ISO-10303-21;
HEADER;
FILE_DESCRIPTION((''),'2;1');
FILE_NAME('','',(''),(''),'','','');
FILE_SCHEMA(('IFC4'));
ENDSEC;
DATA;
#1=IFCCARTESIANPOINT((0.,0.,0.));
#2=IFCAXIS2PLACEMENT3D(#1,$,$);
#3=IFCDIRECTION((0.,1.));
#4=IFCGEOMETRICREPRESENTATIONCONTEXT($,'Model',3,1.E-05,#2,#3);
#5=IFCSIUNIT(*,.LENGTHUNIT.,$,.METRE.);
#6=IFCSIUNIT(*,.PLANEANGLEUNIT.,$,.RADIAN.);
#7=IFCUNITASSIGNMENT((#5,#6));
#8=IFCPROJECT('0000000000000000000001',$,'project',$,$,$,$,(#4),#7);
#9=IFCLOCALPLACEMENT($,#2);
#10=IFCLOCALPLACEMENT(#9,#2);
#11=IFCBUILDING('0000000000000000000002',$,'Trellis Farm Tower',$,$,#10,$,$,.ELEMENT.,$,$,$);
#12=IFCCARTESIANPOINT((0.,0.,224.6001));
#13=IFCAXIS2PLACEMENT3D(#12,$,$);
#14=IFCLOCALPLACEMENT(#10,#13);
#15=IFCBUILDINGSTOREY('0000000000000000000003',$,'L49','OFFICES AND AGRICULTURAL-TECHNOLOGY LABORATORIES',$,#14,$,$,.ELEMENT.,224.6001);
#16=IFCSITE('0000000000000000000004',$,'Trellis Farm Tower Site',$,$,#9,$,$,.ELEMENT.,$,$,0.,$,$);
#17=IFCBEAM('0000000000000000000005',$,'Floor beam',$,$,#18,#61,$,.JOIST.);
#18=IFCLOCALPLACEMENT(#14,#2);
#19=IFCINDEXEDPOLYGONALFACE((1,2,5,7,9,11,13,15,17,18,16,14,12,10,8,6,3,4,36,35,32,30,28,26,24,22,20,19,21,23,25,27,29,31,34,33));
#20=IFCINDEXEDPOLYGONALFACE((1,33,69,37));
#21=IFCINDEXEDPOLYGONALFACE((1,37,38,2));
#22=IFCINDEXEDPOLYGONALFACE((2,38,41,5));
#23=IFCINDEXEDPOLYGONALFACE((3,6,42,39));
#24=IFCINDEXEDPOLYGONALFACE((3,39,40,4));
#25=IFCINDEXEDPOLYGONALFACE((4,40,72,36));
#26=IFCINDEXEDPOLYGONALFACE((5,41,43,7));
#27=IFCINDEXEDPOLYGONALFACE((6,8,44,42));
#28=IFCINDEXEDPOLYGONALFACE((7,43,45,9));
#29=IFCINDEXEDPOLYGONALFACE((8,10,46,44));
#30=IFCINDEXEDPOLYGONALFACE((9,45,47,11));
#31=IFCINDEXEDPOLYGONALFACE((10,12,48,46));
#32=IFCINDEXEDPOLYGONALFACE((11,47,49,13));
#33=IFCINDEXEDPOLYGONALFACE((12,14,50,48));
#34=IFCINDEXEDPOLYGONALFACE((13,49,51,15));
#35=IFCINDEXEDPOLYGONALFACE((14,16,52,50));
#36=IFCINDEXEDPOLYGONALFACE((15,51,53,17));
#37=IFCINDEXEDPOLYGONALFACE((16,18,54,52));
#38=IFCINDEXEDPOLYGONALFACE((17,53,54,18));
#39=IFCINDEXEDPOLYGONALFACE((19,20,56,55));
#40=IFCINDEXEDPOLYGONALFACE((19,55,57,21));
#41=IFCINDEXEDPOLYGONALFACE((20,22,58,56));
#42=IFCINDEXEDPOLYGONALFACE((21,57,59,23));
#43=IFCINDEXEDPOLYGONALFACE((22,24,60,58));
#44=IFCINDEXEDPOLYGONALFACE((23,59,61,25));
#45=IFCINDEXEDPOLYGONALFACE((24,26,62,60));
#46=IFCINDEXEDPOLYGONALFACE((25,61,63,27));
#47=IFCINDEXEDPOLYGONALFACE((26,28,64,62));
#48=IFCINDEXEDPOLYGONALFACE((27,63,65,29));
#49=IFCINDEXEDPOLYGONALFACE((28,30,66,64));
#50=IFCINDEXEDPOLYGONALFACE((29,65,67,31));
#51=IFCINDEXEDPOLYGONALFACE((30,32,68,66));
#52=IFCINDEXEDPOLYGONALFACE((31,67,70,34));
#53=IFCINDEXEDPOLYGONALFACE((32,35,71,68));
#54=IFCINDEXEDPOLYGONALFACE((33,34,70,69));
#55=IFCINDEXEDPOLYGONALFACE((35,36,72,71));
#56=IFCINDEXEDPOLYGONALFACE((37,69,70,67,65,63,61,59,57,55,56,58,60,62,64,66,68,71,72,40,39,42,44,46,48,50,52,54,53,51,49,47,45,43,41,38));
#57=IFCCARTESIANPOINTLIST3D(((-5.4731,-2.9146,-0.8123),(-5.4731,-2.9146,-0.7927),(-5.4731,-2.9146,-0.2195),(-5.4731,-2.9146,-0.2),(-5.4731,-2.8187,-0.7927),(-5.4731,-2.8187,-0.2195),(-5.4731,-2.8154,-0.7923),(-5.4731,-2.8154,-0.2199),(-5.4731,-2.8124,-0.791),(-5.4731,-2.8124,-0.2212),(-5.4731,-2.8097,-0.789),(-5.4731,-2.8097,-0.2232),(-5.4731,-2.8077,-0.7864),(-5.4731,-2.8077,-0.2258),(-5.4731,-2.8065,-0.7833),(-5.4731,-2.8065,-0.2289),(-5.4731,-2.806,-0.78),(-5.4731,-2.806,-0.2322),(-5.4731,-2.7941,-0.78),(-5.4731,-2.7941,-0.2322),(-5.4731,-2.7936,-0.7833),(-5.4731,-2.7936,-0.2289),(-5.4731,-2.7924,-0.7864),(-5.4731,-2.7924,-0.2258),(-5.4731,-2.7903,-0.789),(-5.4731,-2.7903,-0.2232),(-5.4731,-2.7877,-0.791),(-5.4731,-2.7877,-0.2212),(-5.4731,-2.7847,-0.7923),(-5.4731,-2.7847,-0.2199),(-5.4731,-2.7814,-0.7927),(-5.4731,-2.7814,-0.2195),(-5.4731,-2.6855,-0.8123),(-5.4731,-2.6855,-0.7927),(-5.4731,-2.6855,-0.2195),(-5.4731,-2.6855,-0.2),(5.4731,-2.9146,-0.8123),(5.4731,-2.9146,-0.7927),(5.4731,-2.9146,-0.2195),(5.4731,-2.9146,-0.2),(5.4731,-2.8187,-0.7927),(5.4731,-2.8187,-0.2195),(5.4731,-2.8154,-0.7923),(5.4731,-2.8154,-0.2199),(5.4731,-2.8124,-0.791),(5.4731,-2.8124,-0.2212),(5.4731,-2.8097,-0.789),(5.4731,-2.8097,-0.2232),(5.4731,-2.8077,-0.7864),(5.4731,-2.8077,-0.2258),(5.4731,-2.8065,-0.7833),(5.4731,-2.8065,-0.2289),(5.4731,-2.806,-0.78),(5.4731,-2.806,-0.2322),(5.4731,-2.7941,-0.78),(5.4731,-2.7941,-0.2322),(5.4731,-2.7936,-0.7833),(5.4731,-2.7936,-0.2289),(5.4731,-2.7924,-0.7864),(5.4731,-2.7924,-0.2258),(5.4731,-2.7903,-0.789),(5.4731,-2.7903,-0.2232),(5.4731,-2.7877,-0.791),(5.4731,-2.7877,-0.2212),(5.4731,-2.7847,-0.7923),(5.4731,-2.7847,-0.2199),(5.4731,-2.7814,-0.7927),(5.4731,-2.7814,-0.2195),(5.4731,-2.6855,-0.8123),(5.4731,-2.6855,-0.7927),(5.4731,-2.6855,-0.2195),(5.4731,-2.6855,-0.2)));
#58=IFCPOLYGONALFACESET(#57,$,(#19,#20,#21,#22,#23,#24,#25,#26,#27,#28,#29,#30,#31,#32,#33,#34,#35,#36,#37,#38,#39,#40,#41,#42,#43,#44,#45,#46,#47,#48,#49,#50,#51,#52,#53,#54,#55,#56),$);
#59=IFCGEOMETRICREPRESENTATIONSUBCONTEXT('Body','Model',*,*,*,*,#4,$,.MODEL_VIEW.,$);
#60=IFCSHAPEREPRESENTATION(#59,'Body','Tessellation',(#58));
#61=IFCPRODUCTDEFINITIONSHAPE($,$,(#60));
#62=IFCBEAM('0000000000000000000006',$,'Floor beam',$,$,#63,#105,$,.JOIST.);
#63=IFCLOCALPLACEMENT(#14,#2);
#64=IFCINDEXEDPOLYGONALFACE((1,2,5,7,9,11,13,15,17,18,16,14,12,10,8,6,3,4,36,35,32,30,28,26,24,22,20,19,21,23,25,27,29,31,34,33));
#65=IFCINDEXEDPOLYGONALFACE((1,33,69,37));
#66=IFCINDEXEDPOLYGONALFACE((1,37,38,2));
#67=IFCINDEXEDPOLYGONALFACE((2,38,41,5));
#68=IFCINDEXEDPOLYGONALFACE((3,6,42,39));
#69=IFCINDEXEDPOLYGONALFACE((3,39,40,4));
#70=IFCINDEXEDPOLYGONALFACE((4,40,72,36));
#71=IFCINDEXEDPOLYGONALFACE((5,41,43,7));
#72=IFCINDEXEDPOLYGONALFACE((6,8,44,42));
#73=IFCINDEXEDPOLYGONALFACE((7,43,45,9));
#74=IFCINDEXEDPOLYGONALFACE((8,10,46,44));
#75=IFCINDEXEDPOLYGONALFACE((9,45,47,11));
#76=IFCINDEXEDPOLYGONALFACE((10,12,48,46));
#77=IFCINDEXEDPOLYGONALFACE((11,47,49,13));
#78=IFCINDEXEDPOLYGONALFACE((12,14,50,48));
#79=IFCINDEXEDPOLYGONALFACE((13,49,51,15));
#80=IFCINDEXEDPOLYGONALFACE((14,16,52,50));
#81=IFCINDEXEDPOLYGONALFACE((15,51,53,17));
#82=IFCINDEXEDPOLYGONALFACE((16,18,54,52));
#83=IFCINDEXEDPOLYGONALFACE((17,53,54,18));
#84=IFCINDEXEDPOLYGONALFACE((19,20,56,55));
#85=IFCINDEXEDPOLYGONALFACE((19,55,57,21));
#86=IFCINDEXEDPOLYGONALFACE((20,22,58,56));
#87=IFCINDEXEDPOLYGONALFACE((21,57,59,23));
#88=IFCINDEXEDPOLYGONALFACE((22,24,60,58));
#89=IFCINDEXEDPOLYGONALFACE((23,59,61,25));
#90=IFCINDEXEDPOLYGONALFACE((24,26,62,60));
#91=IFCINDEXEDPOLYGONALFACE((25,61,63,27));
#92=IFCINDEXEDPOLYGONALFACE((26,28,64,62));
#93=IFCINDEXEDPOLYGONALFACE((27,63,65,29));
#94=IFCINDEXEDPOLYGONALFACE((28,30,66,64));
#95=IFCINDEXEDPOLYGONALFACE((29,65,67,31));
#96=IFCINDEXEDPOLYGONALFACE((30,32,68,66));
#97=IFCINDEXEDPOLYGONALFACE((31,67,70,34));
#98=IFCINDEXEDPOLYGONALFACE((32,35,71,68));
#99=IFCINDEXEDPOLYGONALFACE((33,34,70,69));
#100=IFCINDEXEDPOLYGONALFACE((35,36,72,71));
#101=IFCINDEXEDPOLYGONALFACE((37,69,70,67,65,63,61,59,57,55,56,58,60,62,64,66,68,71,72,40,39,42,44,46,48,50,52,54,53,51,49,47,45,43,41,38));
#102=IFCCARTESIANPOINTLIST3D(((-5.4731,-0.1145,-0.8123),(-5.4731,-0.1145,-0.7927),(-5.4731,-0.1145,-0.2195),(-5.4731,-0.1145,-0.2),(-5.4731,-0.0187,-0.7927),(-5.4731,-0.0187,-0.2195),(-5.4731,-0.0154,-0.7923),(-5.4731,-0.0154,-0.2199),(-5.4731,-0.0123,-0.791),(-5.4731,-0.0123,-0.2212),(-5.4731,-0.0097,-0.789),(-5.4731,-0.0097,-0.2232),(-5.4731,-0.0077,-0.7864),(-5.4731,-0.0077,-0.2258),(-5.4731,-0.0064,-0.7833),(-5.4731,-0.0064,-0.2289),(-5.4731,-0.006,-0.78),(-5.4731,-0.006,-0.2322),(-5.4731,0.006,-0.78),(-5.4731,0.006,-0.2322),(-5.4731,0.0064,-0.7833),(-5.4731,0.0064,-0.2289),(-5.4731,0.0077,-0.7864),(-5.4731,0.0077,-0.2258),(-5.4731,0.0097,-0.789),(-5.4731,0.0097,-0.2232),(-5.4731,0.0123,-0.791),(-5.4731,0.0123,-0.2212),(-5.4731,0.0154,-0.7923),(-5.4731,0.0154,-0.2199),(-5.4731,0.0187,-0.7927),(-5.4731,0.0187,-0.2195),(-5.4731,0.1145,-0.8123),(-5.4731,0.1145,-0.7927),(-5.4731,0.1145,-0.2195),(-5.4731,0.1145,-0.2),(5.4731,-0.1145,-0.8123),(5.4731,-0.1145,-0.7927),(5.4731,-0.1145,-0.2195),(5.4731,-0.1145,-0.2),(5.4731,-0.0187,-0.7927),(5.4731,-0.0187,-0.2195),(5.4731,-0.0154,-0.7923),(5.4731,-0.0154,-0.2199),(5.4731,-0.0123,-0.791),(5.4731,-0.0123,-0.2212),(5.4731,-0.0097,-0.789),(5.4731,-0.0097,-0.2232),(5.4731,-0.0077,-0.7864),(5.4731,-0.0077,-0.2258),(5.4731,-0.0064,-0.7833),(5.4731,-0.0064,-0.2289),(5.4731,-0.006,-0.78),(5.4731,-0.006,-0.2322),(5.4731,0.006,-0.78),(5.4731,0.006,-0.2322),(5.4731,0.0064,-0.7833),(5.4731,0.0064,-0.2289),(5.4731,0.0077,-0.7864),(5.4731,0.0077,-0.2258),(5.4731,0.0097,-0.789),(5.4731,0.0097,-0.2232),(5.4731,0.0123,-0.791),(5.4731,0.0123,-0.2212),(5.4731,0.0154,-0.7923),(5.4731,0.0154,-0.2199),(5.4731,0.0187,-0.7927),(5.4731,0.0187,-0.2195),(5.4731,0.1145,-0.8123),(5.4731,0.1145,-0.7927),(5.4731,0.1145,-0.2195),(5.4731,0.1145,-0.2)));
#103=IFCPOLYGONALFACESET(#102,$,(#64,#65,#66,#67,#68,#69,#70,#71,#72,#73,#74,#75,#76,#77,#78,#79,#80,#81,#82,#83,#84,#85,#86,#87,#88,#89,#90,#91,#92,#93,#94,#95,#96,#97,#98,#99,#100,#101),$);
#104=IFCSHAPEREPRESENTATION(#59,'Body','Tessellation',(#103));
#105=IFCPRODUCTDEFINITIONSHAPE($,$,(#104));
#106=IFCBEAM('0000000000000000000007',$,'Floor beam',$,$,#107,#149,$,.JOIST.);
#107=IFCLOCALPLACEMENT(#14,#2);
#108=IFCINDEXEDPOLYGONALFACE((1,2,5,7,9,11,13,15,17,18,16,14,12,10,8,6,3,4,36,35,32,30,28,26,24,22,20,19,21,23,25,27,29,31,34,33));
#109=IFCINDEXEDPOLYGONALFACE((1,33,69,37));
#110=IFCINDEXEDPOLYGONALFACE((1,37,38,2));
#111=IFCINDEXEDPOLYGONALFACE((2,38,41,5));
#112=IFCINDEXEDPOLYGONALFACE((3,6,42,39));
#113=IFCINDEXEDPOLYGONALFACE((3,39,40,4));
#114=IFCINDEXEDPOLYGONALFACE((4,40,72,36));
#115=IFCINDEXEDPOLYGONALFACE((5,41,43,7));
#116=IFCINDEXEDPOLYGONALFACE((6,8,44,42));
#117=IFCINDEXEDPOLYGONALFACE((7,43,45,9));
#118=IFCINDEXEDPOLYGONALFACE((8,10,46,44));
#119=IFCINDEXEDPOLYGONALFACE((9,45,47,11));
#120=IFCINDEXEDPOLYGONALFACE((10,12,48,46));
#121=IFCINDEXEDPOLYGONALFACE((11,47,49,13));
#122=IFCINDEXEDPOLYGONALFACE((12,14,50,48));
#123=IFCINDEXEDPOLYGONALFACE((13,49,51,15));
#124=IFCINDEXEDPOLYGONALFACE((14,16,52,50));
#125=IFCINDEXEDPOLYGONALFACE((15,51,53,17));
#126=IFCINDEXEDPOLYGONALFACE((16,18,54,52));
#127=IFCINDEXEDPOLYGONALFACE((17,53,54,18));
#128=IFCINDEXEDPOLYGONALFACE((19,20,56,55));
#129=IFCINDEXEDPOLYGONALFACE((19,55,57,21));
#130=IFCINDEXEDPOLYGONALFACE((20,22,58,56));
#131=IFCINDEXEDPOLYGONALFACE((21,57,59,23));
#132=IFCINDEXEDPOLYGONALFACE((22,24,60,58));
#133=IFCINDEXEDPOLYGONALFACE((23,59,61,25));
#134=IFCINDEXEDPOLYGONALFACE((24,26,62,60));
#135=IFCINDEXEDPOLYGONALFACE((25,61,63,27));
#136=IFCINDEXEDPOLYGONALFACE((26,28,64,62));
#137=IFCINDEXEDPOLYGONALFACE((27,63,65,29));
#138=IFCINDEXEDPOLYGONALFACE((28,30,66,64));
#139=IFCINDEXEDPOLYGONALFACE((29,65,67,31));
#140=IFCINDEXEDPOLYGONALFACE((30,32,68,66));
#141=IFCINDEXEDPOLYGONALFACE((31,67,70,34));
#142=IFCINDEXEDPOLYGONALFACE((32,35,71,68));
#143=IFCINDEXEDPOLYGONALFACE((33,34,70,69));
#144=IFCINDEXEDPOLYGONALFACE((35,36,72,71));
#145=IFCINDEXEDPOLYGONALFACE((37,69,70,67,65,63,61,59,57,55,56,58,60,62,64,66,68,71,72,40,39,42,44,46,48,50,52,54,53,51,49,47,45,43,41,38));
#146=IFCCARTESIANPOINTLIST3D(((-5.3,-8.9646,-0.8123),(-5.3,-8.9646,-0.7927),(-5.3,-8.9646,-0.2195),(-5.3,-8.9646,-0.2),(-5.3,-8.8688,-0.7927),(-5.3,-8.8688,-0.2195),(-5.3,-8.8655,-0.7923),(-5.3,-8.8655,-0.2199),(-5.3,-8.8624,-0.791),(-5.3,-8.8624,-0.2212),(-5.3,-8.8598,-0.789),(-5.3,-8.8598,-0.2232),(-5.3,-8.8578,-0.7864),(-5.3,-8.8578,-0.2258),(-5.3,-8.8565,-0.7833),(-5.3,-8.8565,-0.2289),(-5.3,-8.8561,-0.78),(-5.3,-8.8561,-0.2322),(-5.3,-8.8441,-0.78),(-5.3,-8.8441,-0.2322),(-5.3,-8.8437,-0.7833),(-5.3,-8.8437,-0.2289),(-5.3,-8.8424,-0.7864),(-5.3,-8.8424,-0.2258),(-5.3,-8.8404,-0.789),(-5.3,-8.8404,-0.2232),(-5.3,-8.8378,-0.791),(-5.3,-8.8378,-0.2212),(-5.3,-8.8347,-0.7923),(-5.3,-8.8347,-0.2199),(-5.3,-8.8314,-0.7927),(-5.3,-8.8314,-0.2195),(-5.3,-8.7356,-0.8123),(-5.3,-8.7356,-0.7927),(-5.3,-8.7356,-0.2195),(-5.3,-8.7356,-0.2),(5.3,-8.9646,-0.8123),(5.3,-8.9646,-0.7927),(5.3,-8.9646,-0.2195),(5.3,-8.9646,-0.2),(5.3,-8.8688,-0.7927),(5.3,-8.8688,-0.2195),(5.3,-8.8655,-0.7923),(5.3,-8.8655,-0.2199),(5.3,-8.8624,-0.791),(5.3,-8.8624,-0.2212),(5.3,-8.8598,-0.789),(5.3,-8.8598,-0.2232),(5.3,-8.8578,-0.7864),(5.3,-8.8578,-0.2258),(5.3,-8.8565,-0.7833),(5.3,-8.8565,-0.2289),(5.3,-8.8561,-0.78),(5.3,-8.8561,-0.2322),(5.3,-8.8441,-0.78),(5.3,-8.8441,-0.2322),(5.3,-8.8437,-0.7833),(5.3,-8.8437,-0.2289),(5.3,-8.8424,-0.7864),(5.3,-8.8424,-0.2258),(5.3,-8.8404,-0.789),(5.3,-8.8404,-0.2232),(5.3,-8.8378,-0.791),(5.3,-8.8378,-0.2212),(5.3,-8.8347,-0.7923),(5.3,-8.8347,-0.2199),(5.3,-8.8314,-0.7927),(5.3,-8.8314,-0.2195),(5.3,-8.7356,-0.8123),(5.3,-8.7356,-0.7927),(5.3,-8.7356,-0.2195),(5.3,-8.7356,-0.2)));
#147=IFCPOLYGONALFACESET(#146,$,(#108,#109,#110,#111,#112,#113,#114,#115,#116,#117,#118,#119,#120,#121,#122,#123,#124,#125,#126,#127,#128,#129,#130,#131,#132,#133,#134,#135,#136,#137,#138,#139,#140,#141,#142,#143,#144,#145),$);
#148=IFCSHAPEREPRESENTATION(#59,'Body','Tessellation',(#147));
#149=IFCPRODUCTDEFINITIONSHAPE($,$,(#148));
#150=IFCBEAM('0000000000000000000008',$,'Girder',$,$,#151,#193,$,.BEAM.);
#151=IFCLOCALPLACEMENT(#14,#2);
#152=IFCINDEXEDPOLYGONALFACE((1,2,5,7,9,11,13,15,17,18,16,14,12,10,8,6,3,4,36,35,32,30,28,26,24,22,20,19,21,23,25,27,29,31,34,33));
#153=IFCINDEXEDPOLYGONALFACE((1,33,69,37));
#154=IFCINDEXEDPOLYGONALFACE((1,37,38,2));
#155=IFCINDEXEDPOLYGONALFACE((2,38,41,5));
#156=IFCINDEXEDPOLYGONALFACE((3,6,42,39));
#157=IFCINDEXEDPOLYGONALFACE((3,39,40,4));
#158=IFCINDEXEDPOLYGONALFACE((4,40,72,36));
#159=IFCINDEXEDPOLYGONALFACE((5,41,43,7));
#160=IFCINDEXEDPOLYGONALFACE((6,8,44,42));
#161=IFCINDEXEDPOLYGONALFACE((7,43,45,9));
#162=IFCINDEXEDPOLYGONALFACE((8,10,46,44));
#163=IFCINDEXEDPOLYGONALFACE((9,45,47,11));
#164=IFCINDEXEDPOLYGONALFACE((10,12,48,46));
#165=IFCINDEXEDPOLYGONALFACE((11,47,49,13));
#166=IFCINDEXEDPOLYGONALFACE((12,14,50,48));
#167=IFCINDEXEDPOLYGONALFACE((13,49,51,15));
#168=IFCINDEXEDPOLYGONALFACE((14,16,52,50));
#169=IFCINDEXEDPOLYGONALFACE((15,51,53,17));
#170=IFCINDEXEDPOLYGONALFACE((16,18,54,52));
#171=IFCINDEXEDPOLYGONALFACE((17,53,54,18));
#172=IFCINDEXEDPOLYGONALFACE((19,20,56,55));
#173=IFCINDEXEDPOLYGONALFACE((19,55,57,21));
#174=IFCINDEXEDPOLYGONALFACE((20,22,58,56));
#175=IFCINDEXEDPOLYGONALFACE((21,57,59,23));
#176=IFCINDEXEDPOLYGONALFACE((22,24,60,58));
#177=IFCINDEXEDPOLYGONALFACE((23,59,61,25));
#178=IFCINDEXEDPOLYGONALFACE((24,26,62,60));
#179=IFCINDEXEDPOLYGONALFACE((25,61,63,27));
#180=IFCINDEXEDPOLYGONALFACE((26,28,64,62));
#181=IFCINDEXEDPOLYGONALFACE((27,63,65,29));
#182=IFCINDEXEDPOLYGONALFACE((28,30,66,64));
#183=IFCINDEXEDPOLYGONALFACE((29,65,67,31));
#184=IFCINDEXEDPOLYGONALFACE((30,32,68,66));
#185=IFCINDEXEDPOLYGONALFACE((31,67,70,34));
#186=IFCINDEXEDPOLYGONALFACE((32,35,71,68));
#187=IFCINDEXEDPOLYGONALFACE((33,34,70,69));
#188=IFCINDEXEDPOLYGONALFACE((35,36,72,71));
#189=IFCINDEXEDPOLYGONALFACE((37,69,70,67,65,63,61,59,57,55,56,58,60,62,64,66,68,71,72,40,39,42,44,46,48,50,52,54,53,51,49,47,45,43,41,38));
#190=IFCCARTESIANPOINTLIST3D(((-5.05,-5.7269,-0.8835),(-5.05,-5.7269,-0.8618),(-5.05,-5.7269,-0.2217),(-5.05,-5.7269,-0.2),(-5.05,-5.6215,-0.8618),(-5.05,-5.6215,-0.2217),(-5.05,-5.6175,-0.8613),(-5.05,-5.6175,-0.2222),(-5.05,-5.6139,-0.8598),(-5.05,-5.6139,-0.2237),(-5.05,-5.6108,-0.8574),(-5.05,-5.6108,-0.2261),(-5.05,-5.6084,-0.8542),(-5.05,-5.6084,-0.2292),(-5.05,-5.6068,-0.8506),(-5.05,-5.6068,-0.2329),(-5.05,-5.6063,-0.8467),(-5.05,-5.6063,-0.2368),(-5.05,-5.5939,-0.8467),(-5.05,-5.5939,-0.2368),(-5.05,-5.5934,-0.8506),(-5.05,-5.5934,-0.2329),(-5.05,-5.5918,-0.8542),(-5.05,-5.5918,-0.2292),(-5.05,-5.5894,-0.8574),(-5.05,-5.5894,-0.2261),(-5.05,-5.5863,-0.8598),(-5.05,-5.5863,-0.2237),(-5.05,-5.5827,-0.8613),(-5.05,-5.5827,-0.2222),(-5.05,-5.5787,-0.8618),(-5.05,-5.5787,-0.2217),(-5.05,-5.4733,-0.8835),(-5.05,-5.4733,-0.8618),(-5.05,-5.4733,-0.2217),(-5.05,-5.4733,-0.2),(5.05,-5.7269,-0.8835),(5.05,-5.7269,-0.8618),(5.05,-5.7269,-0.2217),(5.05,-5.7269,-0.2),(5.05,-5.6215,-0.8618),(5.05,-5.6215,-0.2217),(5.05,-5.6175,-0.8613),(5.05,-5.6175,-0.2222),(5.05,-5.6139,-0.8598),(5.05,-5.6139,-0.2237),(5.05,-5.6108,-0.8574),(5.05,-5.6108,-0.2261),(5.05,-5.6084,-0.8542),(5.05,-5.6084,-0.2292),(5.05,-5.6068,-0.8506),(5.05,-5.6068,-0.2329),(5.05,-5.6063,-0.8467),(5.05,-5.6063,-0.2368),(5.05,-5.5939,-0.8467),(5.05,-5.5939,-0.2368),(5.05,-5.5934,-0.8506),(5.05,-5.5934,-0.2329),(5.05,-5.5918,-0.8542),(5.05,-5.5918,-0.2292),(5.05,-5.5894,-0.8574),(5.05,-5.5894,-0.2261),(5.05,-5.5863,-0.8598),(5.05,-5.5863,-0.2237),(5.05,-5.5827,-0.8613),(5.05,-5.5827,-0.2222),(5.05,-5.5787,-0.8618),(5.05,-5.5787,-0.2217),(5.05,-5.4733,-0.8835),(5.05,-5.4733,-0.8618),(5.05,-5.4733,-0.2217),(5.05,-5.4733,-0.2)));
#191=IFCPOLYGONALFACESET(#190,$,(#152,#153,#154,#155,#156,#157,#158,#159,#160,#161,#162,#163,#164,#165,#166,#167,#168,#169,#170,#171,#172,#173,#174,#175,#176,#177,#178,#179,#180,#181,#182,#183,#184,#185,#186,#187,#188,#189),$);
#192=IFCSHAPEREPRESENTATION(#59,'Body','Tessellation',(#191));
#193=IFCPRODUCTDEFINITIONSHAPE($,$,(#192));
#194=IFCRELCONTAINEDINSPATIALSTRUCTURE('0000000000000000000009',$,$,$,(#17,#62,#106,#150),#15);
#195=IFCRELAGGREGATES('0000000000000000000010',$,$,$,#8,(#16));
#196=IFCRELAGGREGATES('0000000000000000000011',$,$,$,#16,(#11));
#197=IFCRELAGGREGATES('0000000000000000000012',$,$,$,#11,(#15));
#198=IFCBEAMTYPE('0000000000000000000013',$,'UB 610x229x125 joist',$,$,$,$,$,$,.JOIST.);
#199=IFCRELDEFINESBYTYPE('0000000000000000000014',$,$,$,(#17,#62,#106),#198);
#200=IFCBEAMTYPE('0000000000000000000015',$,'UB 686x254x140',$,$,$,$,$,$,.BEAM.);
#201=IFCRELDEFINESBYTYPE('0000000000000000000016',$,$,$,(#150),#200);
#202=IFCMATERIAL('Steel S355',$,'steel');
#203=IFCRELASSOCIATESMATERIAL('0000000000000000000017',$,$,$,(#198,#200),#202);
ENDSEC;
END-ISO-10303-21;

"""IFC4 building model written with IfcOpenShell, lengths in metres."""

from ifc_helpers import new_model, si_unit, direction, frame, origin, origin_2d, place, context, subcontext, project, spatial, i_section, extrude, source, transform, mapped, material, material_profile, profile_set, type_object, element, save


model = new_model("IFC4")

# Units and contexts
model_context = context("Model", 3, precision=1e-05, world=origin(), true_north=direction((0.0, 1.0)))
body_context = subcontext(model_context, "Body", "Model", "MODEL_VIEW")
ifc_project = project(units=[si_unit("LENGTHUNIT", "METRE"), si_unit("PLANEANGLEUNIT", "RADIAN")], contexts=[model_context])

# Site, building, storey
site_placement = place(None, origin())
site = spatial("IfcSite", under=ifc_project, at=site_placement, Name="Trellis Farm Tower Site", CompositionType="ELEMENT", RefElevation=0.0)
building_placement = place(site_placement, origin())
building = spatial("IfcBuilding", under=site, at=building_placement, Name="Trellis Farm Tower", CompositionType="ELEMENT")
storey_placement = place(building_placement, frame((0.0, 0.0, 224.6001)))
storey = spatial("IfcBuildingStorey", under=building, at=storey_placement, Name="L49", Description="OFFICES AND AGRICULTURAL-TECHNOLOGY LABORATORIES", CompositionType="ELEMENT", Elevation=224.6001)

# Beams
ifc_material_1 = material(Name="Steel S355", Category="steel")
ifc_material_profile_1 = material_profile(ifc_material_1, i_section(OverallWidth=0.229, OverallDepth=0.6123, WebThickness=0.012, FlangeThickness=0.0195, FilletRadius=0.0127, at=origin_2d()), Name="UB 610x229x125")
ifc_profile_set_1 = profile_set([ifc_material_profile_1], Name="Steel S355")
beam_type_1 = type_object("IfcBeamType", Name="UB 610x229x125 joist", PredefinedType="JOIST", material=ifc_profile_set_1)
shared_shape_1 = source(origin(), body_context, "Body", "SweptSolid", [
    extrude(i_section(OverallWidth=0.229, OverallDepth=0.6123, WebThickness=0.012, FlangeThickness=0.0195, FilletRadius=0.0127, at=origin_2d()), origin(), (0.0, 0.0, 1.0), 10.9463),
])
for number, where, z_axis, x_axis, name in (
    (1, (-5.4731, -2.8, -0.5061), (1.0, 0.0, 0.0), (0.0, 1.0, 0.0), "Floor beam"),
    (2, (-5.4731, 0.0, -0.5061), (1.0, 0.0, 0.0), (0.0, 1.0, 0.0), "Floor beam"),
):
    element("IfcBeam", number, at=place(storey_placement, frame(where, z_axis=z_axis, x_axis=x_axis)), inside=storey, type_object=beam_type_1, Name=name, PredefinedType="JOIST", context=body_context, shape_type="MappedRepresentation", body=[
        mapped(shared_shape_1, transform((0.0, 0.0, 0.0))),
    ])
shared_shape_2 = source(origin(), body_context, "Body", "SweptSolid", [
    extrude(i_section(OverallWidth=0.229, OverallDepth=0.6123, WebThickness=0.012, FlangeThickness=0.0195, FilletRadius=0.0127, at=origin_2d()), origin(), (0.0, 0.0, 1.0), 10.6001),
])
beam_1_placement = place(storey_placement, frame((-5.3, -8.8501, -0.5061), z_axis=(1.0, 0.0, 0.0), x_axis=(0.0, 1.0, 0.0)))
element("IfcBeam", 3, at=beam_1_placement, inside=storey, type_object=beam_type_1, Name="Floor beam", PredefinedType="JOIST", context=body_context, shape_type="MappedRepresentation", body=[
    mapped(shared_shape_2, transform((0.0, 0.0, 0.0))),
])
ifc_material_profile_2 = material_profile(ifc_material_1, i_section(OverallWidth=0.2537, OverallDepth=0.6836, WebThickness=0.0125, FlangeThickness=0.0217, FilletRadius=0.0151, at=origin_2d()), Name="UB 686x254x140")
ifc_profile_set_2 = profile_set([ifc_material_profile_2], Name="Steel S355")
beam_type_2 = type_object("IfcBeamType", Name="UB 686x254x140", PredefinedType="BEAM", material=ifc_profile_set_2)
shared_shape_3 = source(origin(), body_context, "Body", "SweptSolid", [
    extrude(i_section(OverallWidth=0.2537, OverallDepth=0.6836, WebThickness=0.0125, FlangeThickness=0.0217, FilletRadius=0.0151, at=origin_2d()), origin(), (0.0, 0.0, 1.0), 10.1001),
])
beam_2_placement = place(storey_placement, frame((-5.05, -5.6001, -0.5417), z_axis=(1.0, 0.0, 0.0), x_axis=(0.0, 1.0, 0.0)))
element("IfcBeam", 4, at=beam_2_placement, inside=storey, type_object=beam_type_2, Name="Girder", PredefinedType="BEAM", context=body_context, shape_type="MappedRepresentation", body=[
    mapped(shared_shape_3, transform((0.0, 0.0, 0.0))),
])

save(model, "model.ifc")
